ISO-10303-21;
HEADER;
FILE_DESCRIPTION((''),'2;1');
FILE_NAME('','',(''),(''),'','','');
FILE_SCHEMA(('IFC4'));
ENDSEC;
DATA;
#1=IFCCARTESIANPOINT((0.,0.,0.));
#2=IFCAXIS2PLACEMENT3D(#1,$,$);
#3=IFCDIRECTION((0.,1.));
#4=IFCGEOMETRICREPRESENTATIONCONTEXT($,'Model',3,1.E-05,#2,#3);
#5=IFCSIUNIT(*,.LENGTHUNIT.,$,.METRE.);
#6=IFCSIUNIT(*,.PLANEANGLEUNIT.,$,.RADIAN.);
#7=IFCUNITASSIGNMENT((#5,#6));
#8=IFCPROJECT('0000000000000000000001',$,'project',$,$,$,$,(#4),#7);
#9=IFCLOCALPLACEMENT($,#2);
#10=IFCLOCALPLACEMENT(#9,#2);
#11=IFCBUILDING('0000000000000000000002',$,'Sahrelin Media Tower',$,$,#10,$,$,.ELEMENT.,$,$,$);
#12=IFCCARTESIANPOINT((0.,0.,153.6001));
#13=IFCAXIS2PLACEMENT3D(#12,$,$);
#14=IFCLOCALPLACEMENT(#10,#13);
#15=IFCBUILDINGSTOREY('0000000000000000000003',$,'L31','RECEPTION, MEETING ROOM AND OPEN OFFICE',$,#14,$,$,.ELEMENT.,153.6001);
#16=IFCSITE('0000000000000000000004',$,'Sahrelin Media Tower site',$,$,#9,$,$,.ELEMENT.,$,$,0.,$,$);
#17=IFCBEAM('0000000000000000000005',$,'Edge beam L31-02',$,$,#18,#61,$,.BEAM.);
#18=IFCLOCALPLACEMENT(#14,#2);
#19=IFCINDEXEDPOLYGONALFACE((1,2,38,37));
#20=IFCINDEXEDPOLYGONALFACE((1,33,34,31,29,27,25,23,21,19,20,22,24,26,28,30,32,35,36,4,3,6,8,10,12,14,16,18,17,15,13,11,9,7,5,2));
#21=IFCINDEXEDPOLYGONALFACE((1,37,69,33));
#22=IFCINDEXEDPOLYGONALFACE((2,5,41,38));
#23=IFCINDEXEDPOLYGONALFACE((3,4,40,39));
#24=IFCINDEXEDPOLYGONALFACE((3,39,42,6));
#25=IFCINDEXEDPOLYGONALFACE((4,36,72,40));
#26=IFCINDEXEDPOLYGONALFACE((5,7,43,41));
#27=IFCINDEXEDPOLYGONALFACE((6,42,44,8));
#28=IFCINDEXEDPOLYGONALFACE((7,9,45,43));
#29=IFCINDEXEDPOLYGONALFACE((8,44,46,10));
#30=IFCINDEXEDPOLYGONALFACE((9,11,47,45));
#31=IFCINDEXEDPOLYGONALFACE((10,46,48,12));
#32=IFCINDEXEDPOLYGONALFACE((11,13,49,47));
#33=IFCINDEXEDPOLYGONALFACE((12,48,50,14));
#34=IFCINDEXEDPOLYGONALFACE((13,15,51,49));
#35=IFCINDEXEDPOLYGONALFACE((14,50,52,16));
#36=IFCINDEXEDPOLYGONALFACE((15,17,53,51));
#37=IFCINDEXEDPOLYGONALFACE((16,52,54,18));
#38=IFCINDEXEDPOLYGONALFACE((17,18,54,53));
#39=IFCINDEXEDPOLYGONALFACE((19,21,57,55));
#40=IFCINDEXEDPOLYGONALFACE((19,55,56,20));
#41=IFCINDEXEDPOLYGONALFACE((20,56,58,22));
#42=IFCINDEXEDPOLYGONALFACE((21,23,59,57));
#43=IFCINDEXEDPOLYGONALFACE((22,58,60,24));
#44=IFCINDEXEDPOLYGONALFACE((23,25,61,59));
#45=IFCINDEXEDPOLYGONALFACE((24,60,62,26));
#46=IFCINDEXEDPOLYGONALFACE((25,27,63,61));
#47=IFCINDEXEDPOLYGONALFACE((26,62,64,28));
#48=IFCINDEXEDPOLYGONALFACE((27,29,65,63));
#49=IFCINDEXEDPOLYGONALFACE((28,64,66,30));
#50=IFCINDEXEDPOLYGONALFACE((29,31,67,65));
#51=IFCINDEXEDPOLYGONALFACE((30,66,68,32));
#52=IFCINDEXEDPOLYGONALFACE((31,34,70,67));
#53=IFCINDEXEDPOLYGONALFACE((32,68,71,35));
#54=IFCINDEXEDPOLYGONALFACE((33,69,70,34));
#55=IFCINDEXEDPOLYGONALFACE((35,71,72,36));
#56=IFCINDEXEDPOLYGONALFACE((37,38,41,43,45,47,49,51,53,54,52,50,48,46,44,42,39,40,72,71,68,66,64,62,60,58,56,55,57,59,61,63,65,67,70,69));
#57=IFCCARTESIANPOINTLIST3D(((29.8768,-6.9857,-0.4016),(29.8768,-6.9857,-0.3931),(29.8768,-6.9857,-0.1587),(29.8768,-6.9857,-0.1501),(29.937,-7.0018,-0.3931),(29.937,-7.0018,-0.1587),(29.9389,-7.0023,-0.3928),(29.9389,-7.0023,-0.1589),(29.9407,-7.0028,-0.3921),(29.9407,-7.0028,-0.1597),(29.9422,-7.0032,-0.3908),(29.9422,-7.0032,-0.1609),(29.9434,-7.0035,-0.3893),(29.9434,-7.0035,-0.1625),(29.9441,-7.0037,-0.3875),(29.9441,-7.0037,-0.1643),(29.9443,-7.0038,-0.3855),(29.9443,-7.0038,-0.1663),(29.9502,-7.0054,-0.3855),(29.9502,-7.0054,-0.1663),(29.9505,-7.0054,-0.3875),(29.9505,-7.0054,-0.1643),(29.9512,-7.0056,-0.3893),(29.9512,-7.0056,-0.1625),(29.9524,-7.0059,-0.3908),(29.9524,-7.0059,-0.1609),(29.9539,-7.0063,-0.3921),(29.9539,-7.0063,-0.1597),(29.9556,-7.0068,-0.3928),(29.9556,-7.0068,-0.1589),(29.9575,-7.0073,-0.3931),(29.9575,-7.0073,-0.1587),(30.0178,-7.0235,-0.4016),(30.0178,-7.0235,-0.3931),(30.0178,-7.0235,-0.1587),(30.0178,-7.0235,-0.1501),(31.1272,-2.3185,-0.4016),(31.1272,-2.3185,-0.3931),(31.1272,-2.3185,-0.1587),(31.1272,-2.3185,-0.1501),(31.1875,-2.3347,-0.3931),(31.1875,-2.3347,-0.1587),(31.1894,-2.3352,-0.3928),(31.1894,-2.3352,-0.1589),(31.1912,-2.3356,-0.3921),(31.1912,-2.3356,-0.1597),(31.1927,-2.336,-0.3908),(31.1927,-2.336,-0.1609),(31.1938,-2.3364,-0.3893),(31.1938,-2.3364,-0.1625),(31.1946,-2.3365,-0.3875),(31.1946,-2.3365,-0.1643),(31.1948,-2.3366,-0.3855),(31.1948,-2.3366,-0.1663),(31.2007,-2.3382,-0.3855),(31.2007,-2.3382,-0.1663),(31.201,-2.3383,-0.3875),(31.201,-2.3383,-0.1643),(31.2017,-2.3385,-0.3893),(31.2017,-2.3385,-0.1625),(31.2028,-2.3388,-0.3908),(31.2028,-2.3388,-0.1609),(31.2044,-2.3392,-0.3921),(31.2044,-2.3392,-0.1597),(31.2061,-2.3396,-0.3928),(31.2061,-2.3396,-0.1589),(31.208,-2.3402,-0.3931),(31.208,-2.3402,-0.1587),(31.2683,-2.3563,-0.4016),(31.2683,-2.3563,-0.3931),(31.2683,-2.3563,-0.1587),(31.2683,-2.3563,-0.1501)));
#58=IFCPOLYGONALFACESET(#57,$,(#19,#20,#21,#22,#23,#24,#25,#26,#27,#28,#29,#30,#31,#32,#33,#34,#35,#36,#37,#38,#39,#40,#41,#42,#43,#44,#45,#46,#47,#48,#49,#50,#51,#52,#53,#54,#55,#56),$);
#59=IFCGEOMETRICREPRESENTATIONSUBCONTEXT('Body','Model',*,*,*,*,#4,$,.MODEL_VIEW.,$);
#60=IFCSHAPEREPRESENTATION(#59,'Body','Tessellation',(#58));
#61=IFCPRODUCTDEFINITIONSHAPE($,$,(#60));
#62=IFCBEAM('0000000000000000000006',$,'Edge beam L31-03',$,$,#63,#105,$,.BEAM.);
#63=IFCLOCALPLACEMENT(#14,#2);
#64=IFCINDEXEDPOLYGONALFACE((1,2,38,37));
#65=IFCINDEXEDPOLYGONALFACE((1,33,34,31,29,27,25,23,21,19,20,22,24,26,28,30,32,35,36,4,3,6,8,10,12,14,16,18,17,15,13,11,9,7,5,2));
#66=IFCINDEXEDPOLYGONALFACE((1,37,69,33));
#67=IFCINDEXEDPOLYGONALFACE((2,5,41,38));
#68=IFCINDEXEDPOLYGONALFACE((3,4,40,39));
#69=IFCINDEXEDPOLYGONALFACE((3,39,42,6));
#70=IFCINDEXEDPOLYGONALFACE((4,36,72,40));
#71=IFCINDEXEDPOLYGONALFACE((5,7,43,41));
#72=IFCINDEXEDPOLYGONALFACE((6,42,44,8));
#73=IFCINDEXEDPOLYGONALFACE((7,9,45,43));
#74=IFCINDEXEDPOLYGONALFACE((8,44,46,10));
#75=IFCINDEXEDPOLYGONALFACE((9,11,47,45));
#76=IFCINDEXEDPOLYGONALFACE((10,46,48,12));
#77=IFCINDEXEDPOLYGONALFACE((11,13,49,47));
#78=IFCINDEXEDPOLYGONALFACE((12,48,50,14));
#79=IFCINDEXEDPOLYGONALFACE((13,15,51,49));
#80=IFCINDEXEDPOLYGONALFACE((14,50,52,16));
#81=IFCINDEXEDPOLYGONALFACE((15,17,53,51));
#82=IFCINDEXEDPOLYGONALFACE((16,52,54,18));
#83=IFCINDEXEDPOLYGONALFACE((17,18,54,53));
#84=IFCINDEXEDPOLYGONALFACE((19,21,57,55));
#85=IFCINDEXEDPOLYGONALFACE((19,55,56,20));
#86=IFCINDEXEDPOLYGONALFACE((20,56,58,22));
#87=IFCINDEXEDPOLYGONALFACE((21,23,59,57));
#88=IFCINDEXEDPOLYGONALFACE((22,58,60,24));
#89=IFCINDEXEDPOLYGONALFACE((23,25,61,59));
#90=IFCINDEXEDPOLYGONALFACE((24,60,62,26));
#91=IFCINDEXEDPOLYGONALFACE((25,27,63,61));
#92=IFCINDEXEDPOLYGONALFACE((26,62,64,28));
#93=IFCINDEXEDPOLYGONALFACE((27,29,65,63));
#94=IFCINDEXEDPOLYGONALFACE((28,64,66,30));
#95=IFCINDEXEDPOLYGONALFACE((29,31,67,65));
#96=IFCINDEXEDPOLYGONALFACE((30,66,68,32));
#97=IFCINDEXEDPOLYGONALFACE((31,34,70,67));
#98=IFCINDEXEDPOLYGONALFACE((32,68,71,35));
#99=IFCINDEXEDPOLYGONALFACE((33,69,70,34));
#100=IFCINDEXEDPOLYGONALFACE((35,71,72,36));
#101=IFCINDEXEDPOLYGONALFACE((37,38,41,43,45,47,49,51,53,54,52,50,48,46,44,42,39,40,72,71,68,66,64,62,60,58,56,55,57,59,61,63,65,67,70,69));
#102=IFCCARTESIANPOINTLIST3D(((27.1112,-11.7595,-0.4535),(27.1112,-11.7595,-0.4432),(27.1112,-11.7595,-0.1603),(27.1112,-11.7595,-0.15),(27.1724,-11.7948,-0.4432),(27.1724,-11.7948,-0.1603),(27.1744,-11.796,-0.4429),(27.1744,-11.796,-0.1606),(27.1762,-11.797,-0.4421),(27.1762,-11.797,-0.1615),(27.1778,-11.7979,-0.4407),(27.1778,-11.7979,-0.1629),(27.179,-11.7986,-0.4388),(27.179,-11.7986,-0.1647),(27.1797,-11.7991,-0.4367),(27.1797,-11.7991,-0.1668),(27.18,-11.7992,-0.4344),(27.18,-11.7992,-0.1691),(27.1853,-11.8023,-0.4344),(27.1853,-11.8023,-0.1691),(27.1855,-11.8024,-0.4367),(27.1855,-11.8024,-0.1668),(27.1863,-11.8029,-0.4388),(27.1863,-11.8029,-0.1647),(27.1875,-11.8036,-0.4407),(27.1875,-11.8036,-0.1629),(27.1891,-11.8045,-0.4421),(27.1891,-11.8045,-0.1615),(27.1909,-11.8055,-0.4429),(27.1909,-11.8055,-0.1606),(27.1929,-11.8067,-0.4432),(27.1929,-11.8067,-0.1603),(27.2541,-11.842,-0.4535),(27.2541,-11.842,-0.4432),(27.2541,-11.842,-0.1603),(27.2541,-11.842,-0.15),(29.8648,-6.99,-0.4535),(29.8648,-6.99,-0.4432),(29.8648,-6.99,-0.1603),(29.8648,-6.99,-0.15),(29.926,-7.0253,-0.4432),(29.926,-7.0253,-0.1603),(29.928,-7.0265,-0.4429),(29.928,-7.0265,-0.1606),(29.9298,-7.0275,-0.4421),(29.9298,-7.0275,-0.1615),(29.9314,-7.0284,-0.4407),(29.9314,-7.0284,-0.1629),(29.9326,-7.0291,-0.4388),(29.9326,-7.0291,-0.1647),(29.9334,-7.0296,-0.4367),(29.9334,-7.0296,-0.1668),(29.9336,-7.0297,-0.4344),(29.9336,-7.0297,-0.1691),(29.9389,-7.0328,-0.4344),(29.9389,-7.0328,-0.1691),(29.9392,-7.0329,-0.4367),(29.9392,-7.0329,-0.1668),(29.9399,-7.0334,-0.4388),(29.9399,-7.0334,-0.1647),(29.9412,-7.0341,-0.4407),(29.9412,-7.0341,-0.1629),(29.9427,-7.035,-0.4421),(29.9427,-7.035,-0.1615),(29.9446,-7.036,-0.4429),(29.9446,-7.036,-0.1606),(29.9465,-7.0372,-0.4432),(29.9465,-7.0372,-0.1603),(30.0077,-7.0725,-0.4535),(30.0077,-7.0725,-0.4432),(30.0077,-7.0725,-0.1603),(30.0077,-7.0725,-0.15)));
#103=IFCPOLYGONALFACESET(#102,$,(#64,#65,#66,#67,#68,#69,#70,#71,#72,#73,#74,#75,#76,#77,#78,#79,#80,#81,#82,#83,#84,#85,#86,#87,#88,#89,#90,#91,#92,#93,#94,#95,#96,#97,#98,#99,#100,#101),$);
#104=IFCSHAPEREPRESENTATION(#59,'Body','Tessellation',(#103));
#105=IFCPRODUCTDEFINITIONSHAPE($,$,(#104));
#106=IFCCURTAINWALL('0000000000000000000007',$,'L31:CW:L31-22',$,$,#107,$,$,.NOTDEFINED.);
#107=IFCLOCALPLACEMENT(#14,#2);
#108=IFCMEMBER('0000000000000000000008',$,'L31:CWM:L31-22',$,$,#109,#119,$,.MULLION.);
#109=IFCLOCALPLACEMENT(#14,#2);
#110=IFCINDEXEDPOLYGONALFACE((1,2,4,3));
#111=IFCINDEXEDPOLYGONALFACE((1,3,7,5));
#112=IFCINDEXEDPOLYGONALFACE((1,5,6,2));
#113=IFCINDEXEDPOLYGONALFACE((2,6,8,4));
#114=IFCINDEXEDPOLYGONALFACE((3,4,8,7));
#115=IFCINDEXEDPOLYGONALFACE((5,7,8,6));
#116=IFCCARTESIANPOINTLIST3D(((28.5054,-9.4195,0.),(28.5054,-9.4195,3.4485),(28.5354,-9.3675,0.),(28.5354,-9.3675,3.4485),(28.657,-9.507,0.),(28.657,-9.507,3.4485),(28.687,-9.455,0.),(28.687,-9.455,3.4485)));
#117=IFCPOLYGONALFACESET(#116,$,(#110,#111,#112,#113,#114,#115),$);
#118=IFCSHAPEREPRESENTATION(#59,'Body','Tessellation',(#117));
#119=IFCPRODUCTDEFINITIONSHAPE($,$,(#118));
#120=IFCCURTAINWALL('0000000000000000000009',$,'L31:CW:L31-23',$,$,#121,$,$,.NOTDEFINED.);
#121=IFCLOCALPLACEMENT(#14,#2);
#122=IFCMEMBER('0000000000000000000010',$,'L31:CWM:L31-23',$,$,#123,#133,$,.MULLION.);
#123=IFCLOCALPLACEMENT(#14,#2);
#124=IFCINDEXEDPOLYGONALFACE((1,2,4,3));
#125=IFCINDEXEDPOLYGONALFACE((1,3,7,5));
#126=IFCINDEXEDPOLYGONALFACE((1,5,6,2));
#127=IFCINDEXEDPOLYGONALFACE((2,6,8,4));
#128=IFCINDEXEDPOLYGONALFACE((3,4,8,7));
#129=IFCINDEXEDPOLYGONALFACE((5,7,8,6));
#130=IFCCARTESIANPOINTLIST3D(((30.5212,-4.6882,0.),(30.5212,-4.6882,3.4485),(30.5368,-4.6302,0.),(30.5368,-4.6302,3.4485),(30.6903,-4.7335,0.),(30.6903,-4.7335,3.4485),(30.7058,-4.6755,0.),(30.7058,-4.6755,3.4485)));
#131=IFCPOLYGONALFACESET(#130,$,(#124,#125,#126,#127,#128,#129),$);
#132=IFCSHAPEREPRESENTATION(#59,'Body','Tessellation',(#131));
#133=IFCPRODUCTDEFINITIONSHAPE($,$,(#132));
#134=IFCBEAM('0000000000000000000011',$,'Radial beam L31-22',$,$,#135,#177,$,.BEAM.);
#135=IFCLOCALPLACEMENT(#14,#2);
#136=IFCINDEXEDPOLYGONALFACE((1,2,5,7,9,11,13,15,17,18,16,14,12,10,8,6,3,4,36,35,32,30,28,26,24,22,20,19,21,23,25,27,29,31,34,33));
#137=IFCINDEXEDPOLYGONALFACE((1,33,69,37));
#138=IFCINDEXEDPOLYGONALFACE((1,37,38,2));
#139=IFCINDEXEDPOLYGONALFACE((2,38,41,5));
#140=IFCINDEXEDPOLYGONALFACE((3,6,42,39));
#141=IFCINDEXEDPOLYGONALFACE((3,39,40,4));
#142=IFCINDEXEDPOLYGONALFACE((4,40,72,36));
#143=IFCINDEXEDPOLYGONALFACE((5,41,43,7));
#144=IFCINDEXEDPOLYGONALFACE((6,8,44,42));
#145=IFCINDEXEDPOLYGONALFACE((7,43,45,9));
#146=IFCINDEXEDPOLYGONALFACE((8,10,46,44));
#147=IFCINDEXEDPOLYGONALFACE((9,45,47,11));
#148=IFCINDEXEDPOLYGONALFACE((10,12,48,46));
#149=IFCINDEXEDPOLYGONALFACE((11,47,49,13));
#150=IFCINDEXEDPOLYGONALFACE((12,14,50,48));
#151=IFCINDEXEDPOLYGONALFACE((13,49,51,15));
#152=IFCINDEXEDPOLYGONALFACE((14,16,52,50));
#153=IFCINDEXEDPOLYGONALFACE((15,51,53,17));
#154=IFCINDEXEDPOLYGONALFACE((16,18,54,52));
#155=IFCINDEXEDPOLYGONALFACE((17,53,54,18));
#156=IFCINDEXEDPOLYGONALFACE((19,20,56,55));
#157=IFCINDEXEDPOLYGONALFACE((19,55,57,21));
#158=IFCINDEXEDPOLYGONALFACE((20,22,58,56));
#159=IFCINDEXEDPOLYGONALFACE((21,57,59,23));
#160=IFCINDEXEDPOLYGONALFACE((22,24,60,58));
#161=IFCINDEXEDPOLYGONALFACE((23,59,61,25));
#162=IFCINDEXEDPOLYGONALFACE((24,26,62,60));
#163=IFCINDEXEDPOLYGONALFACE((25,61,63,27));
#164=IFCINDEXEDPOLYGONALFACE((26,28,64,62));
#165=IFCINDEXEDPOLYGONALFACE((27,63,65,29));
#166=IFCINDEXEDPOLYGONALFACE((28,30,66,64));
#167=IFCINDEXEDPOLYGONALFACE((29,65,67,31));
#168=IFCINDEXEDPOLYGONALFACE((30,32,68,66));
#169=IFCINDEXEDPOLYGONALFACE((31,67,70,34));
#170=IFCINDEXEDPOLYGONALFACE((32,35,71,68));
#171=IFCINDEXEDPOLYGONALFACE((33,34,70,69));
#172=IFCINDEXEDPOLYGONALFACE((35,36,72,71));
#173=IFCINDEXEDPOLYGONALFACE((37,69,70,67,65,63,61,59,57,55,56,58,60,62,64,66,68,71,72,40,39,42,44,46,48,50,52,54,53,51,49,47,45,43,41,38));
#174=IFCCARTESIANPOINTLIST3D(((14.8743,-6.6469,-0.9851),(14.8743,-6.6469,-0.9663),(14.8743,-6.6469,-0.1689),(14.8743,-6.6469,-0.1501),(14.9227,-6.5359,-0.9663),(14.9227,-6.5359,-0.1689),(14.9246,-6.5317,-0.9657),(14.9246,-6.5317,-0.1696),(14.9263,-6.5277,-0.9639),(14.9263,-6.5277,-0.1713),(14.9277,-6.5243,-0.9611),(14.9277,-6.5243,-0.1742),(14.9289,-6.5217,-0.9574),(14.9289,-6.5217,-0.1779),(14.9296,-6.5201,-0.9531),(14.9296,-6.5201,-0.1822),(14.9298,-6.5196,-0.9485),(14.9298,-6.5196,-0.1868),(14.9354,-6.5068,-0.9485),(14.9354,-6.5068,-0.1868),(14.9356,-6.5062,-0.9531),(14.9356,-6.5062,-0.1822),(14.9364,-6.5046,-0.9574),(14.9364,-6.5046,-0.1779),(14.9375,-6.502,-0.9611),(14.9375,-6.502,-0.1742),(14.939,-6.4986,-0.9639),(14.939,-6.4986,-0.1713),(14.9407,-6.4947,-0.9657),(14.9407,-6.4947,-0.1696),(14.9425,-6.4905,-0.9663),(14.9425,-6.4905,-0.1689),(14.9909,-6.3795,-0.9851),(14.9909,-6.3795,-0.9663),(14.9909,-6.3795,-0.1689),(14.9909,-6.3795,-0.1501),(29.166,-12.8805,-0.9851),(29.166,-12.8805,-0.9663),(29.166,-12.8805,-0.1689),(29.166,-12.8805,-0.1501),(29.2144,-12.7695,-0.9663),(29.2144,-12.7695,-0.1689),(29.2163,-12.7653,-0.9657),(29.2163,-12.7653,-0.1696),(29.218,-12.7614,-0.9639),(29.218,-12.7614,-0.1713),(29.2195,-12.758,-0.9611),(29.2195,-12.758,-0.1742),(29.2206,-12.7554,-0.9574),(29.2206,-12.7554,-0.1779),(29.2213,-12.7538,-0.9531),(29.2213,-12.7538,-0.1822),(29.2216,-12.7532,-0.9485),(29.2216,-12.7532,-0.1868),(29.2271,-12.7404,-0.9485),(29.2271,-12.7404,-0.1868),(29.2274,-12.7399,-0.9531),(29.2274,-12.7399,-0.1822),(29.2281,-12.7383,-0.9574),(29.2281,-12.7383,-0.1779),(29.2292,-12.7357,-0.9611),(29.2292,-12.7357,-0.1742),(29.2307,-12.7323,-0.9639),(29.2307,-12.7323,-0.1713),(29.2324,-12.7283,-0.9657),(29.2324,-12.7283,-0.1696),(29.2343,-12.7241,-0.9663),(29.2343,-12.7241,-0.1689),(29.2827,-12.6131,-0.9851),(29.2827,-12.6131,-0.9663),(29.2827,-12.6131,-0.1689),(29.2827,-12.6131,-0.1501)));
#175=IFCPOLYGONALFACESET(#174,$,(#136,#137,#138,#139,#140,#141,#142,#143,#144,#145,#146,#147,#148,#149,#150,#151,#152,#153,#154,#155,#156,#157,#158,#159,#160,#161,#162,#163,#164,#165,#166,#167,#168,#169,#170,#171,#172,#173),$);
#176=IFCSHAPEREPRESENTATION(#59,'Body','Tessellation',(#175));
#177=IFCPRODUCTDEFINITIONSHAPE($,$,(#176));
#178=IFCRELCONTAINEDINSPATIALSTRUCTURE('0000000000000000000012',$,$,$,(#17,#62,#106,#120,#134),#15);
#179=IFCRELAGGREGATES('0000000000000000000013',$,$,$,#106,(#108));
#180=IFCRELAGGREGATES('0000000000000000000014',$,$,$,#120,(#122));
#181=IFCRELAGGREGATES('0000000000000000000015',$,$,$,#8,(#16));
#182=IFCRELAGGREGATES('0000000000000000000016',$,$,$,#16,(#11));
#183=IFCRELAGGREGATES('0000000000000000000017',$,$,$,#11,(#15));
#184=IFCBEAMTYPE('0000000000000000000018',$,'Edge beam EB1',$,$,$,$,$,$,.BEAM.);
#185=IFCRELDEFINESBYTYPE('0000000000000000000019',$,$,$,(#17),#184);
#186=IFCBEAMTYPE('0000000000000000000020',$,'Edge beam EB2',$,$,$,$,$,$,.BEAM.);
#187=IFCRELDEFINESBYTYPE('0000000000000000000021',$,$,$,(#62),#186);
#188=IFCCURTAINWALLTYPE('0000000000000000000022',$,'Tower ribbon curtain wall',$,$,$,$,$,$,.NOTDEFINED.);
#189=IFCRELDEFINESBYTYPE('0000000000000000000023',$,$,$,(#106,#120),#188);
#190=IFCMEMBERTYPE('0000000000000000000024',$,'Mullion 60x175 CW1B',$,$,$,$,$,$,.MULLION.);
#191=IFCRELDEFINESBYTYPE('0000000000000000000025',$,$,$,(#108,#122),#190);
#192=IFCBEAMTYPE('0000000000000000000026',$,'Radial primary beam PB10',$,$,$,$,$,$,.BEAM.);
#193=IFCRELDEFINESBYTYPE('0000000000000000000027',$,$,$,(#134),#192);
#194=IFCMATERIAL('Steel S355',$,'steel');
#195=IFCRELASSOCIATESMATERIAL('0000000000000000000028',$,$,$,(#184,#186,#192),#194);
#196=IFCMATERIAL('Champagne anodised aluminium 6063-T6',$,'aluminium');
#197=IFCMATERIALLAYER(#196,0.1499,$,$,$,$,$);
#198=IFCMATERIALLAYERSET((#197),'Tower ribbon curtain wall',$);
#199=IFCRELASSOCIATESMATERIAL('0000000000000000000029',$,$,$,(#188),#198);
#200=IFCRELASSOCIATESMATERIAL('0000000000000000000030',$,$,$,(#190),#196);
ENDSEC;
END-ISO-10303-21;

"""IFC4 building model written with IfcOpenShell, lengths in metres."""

from ifc_helpers import new_model, si_unit, direction, frame, origin, origin_2d, place, context, subcontext, project, spatial, rectangle, i_section, extrude, material, layer, layer_set, material_profile, profile_set, type_object, element, aggregate, save


model = new_model("IFC4")

# Units and contexts
model_context = context("Model", 3, precision=1e-05, world=origin(), true_north=direction((0.0, 1.0)))
body_context = subcontext(model_context, "Body", "Model", "MODEL_VIEW")
ifc_project = project(units=[si_unit("LENGTHUNIT", "METRE"), si_unit("PLANEANGLEUNIT", "RADIAN")], contexts=[model_context])

# Site, building, storey
site_placement = place(None, origin())
site = spatial("IfcSite", under=ifc_project, at=site_placement, Name="Sahrelin Media Tower site", CompositionType="ELEMENT", RefElevation=0.0)
building_placement = place(site_placement, origin())
building = spatial("IfcBuilding", under=site, at=building_placement, Name="Sahrelin Media Tower", CompositionType="ELEMENT")
storey_placement = place(building_placement, frame((0.0, 0.0, 153.6001)))
storey = spatial("IfcBuildingStorey", under=building, at=storey_placement, Name="L31", Description="RECEPTION, MEETING ROOM AND OPEN OFFICE", CompositionType="ELEMENT", Elevation=153.6001)

# Beams
ifc_material_1 = material(Name="Steel S355", Category="steel")
ifc_material_profile_1 = material_profile(ifc_material_1, i_section(OverallWidth=0.146, OverallDepth=0.2515, WebThickness=0.0061, FlangeThickness=0.0085, FilletRadius=0.0076, at=origin_2d()), Name="UB 254x146x31")
ifc_profile_set_1 = profile_set([ifc_material_profile_1], Name="Steel S355")
beam_type_1 = type_object("IfcBeamType", Name="Edge beam EB1", PredefinedType="BEAM", material=ifc_profile_set_1)
beam_1_placement = place(storey_placement, frame((31.1978, -2.3374, -0.2759), z_axis=(-0.258801, -0.965931, 0.0), x_axis=(0.965931, -0.258801, 0.0)))
element("IfcBeam", 1, at=beam_1_placement, inside=storey, type_object=beam_type_1, Name="Edge beam L31-02", PredefinedType="BEAM", context=body_context, shape_type="SweptSolid", body=[
    extrude(i_section(OverallWidth=0.146, OverallDepth=0.2515, WebThickness=0.0061, FlangeThickness=0.0085, FilletRadius=0.0076, at=origin_2d()), origin(), (0.0, 0.0, 1.0), 4.8318),
])
ifc_material_profile_2 = material_profile(ifc_material_1, i_section(OverallWidth=0.165, OverallDepth=0.3035, WebThickness=0.0061, FlangeThickness=0.0103, FilletRadius=0.0088, at=origin_2d()), Name="UB 305x165x40")
ifc_profile_set_2 = profile_set([ifc_material_profile_2], Name="Steel S355")
beam_type_2 = type_object("IfcBeamType", Name="Edge beam EB2", PredefinedType="BEAM", material=ifc_profile_set_2)
beam_2_placement = place(storey_placement, frame((29.9363, -7.0312, -0.3018), z_axis=(-0.499996, -0.866028, 0.0), x_axis=(0.866028, -0.499996, 0.0)))
element("IfcBeam", 2, at=beam_2_placement, inside=storey, type_object=beam_type_2, Name="Edge beam L31-03", PredefinedType="BEAM", context=body_context, shape_type="SweptSolid", body=[
    extrude(i_section(OverallWidth=0.165, OverallDepth=0.3035, WebThickness=0.0061, FlangeThickness=0.0103, FilletRadius=0.0088, at=origin_2d()), origin(), (0.0, 0.0, 1.0), 5.5073),
])

# Curtain walls, members
ifc_material_2 = material(Name="Champagne anodised aluminium 6063-T6", Category="aluminium")
ifc_layer_1 = layer(ifc_material_2, 0.1499)
ifc_layer_set_1 = layer_set([ifc_layer_1], Name="Tower ribbon curtain wall")
curtain_wall_type = type_object("IfcCurtainWallType", Name="Tower ribbon curtain wall", PredefinedType="NOTDEFINED", material=ifc_layer_set_1)
curtain_wall_1_placement = place(storey_placement, frame((28.6892, -9.491, 0.0), z_axis=(0.0, 0.0, 1.0), x_axis=(1.0, 0.0, 0.0)))
curtain_wall_1 = element("IfcCurtainWall", 3, at=curtain_wall_1_placement, inside=storey, type_object=curtain_wall_type, Name="L31:CW:L31-22", PredefinedType="NOTDEFINED")
ifc_material_profile_3 = material_profile(ifc_material_2, rectangle(XDim=0.0601, YDim=0.175, at=origin_2d()), Name="Mullion 60x175")
ifc_profile_set_3 = profile_set([ifc_material_profile_3], Name="Champagne anodised aluminium 6063-T6")
member_type_1 = type_object("IfcMemberType", Name="Mullion 60x175 CW1B", PredefinedType="MULLION", material=ifc_profile_set_3)
member_1_placement = place(storey_placement, frame((28.5962, -9.4373, 0.0), z_axis=(0.0, 0.0, 1.0), x_axis=(0.499998, 0.866026, 0.0)))
member_1 = element("IfcMember", 4, at=member_1_placement, type_object=member_type_1, Name="L31:CWM:L31-22", PredefinedType="MULLION", context=body_context, shape_type="SweptSolid", body=[
    extrude(rectangle(XDim=0.0601, YDim=0.175, at=origin_2d()), origin(), (0.0, 0.0, 1.0), 3.4485),
])
curtain_wall_2_placement = place(storey_placement, frame((30.7173, -4.7097, 0.0), z_axis=(0.0, 0.0, 1.0), x_axis=(1.0, 0.0, 0.0)))
curtain_wall_2 = element("IfcCurtainWall", 5, at=curtain_wall_2_placement, inside=storey, type_object=curtain_wall_type, Name="L31:CW:L31-23", PredefinedType="NOTDEFINED")
member_2_placement = place(storey_placement, frame((30.6135, -4.6819, 0.0), z_axis=(0.0, 0.0, 1.0), x_axis=(0.258807, 0.965929, 0.0)))
member_2 = element("IfcMember", 6, at=member_2_placement, type_object=member_type_1, Name="L31:CWM:L31-23", PredefinedType="MULLION", context=body_context, shape_type="SweptSolid", body=[
    extrude(rectangle(XDim=0.0601, YDim=0.175, at=origin_2d()), origin(), (0.0, 0.0, 1.0), 3.4485),
])

# Beam
ifc_material_profile_4 = material_profile(ifc_material_1, i_section(OverallWidth=0.2917, OverallDepth=0.835, WebThickness=0.0139, FlangeThickness=0.0188, FilletRadius=0.0178, at=origin_2d()), Name="UB 838x292x176")
ifc_profile_set_4 = profile_set([ifc_material_profile_4], Name="Steel S355")
beam_type_3 = type_object("IfcBeamType", Name="Radial primary beam PB10", PredefinedType="BEAM", material=ifc_profile_set_4)
beam_3_placement = place(storey_placement, frame((14.9326, -6.5132, -0.5676), z_axis=(0.916604, -0.399796, 0.0), x_axis=(0.399796, 0.916604, 0.0)))
element("IfcBeam", 7, at=beam_3_placement, inside=storey, type_object=beam_type_3, Name="Radial beam L31-22", PredefinedType="BEAM", context=body_context, shape_type="SweptSolid", body=[
    extrude(i_section(OverallWidth=0.2917, OverallDepth=0.835, WebThickness=0.0139, FlangeThickness=0.0188, FilletRadius=0.0178, at=origin_2d()), origin(), (0.0, 0.0, 1.0), 15.592),
])

aggregate(curtain_wall_1, [member_1])

aggregate(curtain_wall_2, [member_2])

save(model, "model.ifc")
